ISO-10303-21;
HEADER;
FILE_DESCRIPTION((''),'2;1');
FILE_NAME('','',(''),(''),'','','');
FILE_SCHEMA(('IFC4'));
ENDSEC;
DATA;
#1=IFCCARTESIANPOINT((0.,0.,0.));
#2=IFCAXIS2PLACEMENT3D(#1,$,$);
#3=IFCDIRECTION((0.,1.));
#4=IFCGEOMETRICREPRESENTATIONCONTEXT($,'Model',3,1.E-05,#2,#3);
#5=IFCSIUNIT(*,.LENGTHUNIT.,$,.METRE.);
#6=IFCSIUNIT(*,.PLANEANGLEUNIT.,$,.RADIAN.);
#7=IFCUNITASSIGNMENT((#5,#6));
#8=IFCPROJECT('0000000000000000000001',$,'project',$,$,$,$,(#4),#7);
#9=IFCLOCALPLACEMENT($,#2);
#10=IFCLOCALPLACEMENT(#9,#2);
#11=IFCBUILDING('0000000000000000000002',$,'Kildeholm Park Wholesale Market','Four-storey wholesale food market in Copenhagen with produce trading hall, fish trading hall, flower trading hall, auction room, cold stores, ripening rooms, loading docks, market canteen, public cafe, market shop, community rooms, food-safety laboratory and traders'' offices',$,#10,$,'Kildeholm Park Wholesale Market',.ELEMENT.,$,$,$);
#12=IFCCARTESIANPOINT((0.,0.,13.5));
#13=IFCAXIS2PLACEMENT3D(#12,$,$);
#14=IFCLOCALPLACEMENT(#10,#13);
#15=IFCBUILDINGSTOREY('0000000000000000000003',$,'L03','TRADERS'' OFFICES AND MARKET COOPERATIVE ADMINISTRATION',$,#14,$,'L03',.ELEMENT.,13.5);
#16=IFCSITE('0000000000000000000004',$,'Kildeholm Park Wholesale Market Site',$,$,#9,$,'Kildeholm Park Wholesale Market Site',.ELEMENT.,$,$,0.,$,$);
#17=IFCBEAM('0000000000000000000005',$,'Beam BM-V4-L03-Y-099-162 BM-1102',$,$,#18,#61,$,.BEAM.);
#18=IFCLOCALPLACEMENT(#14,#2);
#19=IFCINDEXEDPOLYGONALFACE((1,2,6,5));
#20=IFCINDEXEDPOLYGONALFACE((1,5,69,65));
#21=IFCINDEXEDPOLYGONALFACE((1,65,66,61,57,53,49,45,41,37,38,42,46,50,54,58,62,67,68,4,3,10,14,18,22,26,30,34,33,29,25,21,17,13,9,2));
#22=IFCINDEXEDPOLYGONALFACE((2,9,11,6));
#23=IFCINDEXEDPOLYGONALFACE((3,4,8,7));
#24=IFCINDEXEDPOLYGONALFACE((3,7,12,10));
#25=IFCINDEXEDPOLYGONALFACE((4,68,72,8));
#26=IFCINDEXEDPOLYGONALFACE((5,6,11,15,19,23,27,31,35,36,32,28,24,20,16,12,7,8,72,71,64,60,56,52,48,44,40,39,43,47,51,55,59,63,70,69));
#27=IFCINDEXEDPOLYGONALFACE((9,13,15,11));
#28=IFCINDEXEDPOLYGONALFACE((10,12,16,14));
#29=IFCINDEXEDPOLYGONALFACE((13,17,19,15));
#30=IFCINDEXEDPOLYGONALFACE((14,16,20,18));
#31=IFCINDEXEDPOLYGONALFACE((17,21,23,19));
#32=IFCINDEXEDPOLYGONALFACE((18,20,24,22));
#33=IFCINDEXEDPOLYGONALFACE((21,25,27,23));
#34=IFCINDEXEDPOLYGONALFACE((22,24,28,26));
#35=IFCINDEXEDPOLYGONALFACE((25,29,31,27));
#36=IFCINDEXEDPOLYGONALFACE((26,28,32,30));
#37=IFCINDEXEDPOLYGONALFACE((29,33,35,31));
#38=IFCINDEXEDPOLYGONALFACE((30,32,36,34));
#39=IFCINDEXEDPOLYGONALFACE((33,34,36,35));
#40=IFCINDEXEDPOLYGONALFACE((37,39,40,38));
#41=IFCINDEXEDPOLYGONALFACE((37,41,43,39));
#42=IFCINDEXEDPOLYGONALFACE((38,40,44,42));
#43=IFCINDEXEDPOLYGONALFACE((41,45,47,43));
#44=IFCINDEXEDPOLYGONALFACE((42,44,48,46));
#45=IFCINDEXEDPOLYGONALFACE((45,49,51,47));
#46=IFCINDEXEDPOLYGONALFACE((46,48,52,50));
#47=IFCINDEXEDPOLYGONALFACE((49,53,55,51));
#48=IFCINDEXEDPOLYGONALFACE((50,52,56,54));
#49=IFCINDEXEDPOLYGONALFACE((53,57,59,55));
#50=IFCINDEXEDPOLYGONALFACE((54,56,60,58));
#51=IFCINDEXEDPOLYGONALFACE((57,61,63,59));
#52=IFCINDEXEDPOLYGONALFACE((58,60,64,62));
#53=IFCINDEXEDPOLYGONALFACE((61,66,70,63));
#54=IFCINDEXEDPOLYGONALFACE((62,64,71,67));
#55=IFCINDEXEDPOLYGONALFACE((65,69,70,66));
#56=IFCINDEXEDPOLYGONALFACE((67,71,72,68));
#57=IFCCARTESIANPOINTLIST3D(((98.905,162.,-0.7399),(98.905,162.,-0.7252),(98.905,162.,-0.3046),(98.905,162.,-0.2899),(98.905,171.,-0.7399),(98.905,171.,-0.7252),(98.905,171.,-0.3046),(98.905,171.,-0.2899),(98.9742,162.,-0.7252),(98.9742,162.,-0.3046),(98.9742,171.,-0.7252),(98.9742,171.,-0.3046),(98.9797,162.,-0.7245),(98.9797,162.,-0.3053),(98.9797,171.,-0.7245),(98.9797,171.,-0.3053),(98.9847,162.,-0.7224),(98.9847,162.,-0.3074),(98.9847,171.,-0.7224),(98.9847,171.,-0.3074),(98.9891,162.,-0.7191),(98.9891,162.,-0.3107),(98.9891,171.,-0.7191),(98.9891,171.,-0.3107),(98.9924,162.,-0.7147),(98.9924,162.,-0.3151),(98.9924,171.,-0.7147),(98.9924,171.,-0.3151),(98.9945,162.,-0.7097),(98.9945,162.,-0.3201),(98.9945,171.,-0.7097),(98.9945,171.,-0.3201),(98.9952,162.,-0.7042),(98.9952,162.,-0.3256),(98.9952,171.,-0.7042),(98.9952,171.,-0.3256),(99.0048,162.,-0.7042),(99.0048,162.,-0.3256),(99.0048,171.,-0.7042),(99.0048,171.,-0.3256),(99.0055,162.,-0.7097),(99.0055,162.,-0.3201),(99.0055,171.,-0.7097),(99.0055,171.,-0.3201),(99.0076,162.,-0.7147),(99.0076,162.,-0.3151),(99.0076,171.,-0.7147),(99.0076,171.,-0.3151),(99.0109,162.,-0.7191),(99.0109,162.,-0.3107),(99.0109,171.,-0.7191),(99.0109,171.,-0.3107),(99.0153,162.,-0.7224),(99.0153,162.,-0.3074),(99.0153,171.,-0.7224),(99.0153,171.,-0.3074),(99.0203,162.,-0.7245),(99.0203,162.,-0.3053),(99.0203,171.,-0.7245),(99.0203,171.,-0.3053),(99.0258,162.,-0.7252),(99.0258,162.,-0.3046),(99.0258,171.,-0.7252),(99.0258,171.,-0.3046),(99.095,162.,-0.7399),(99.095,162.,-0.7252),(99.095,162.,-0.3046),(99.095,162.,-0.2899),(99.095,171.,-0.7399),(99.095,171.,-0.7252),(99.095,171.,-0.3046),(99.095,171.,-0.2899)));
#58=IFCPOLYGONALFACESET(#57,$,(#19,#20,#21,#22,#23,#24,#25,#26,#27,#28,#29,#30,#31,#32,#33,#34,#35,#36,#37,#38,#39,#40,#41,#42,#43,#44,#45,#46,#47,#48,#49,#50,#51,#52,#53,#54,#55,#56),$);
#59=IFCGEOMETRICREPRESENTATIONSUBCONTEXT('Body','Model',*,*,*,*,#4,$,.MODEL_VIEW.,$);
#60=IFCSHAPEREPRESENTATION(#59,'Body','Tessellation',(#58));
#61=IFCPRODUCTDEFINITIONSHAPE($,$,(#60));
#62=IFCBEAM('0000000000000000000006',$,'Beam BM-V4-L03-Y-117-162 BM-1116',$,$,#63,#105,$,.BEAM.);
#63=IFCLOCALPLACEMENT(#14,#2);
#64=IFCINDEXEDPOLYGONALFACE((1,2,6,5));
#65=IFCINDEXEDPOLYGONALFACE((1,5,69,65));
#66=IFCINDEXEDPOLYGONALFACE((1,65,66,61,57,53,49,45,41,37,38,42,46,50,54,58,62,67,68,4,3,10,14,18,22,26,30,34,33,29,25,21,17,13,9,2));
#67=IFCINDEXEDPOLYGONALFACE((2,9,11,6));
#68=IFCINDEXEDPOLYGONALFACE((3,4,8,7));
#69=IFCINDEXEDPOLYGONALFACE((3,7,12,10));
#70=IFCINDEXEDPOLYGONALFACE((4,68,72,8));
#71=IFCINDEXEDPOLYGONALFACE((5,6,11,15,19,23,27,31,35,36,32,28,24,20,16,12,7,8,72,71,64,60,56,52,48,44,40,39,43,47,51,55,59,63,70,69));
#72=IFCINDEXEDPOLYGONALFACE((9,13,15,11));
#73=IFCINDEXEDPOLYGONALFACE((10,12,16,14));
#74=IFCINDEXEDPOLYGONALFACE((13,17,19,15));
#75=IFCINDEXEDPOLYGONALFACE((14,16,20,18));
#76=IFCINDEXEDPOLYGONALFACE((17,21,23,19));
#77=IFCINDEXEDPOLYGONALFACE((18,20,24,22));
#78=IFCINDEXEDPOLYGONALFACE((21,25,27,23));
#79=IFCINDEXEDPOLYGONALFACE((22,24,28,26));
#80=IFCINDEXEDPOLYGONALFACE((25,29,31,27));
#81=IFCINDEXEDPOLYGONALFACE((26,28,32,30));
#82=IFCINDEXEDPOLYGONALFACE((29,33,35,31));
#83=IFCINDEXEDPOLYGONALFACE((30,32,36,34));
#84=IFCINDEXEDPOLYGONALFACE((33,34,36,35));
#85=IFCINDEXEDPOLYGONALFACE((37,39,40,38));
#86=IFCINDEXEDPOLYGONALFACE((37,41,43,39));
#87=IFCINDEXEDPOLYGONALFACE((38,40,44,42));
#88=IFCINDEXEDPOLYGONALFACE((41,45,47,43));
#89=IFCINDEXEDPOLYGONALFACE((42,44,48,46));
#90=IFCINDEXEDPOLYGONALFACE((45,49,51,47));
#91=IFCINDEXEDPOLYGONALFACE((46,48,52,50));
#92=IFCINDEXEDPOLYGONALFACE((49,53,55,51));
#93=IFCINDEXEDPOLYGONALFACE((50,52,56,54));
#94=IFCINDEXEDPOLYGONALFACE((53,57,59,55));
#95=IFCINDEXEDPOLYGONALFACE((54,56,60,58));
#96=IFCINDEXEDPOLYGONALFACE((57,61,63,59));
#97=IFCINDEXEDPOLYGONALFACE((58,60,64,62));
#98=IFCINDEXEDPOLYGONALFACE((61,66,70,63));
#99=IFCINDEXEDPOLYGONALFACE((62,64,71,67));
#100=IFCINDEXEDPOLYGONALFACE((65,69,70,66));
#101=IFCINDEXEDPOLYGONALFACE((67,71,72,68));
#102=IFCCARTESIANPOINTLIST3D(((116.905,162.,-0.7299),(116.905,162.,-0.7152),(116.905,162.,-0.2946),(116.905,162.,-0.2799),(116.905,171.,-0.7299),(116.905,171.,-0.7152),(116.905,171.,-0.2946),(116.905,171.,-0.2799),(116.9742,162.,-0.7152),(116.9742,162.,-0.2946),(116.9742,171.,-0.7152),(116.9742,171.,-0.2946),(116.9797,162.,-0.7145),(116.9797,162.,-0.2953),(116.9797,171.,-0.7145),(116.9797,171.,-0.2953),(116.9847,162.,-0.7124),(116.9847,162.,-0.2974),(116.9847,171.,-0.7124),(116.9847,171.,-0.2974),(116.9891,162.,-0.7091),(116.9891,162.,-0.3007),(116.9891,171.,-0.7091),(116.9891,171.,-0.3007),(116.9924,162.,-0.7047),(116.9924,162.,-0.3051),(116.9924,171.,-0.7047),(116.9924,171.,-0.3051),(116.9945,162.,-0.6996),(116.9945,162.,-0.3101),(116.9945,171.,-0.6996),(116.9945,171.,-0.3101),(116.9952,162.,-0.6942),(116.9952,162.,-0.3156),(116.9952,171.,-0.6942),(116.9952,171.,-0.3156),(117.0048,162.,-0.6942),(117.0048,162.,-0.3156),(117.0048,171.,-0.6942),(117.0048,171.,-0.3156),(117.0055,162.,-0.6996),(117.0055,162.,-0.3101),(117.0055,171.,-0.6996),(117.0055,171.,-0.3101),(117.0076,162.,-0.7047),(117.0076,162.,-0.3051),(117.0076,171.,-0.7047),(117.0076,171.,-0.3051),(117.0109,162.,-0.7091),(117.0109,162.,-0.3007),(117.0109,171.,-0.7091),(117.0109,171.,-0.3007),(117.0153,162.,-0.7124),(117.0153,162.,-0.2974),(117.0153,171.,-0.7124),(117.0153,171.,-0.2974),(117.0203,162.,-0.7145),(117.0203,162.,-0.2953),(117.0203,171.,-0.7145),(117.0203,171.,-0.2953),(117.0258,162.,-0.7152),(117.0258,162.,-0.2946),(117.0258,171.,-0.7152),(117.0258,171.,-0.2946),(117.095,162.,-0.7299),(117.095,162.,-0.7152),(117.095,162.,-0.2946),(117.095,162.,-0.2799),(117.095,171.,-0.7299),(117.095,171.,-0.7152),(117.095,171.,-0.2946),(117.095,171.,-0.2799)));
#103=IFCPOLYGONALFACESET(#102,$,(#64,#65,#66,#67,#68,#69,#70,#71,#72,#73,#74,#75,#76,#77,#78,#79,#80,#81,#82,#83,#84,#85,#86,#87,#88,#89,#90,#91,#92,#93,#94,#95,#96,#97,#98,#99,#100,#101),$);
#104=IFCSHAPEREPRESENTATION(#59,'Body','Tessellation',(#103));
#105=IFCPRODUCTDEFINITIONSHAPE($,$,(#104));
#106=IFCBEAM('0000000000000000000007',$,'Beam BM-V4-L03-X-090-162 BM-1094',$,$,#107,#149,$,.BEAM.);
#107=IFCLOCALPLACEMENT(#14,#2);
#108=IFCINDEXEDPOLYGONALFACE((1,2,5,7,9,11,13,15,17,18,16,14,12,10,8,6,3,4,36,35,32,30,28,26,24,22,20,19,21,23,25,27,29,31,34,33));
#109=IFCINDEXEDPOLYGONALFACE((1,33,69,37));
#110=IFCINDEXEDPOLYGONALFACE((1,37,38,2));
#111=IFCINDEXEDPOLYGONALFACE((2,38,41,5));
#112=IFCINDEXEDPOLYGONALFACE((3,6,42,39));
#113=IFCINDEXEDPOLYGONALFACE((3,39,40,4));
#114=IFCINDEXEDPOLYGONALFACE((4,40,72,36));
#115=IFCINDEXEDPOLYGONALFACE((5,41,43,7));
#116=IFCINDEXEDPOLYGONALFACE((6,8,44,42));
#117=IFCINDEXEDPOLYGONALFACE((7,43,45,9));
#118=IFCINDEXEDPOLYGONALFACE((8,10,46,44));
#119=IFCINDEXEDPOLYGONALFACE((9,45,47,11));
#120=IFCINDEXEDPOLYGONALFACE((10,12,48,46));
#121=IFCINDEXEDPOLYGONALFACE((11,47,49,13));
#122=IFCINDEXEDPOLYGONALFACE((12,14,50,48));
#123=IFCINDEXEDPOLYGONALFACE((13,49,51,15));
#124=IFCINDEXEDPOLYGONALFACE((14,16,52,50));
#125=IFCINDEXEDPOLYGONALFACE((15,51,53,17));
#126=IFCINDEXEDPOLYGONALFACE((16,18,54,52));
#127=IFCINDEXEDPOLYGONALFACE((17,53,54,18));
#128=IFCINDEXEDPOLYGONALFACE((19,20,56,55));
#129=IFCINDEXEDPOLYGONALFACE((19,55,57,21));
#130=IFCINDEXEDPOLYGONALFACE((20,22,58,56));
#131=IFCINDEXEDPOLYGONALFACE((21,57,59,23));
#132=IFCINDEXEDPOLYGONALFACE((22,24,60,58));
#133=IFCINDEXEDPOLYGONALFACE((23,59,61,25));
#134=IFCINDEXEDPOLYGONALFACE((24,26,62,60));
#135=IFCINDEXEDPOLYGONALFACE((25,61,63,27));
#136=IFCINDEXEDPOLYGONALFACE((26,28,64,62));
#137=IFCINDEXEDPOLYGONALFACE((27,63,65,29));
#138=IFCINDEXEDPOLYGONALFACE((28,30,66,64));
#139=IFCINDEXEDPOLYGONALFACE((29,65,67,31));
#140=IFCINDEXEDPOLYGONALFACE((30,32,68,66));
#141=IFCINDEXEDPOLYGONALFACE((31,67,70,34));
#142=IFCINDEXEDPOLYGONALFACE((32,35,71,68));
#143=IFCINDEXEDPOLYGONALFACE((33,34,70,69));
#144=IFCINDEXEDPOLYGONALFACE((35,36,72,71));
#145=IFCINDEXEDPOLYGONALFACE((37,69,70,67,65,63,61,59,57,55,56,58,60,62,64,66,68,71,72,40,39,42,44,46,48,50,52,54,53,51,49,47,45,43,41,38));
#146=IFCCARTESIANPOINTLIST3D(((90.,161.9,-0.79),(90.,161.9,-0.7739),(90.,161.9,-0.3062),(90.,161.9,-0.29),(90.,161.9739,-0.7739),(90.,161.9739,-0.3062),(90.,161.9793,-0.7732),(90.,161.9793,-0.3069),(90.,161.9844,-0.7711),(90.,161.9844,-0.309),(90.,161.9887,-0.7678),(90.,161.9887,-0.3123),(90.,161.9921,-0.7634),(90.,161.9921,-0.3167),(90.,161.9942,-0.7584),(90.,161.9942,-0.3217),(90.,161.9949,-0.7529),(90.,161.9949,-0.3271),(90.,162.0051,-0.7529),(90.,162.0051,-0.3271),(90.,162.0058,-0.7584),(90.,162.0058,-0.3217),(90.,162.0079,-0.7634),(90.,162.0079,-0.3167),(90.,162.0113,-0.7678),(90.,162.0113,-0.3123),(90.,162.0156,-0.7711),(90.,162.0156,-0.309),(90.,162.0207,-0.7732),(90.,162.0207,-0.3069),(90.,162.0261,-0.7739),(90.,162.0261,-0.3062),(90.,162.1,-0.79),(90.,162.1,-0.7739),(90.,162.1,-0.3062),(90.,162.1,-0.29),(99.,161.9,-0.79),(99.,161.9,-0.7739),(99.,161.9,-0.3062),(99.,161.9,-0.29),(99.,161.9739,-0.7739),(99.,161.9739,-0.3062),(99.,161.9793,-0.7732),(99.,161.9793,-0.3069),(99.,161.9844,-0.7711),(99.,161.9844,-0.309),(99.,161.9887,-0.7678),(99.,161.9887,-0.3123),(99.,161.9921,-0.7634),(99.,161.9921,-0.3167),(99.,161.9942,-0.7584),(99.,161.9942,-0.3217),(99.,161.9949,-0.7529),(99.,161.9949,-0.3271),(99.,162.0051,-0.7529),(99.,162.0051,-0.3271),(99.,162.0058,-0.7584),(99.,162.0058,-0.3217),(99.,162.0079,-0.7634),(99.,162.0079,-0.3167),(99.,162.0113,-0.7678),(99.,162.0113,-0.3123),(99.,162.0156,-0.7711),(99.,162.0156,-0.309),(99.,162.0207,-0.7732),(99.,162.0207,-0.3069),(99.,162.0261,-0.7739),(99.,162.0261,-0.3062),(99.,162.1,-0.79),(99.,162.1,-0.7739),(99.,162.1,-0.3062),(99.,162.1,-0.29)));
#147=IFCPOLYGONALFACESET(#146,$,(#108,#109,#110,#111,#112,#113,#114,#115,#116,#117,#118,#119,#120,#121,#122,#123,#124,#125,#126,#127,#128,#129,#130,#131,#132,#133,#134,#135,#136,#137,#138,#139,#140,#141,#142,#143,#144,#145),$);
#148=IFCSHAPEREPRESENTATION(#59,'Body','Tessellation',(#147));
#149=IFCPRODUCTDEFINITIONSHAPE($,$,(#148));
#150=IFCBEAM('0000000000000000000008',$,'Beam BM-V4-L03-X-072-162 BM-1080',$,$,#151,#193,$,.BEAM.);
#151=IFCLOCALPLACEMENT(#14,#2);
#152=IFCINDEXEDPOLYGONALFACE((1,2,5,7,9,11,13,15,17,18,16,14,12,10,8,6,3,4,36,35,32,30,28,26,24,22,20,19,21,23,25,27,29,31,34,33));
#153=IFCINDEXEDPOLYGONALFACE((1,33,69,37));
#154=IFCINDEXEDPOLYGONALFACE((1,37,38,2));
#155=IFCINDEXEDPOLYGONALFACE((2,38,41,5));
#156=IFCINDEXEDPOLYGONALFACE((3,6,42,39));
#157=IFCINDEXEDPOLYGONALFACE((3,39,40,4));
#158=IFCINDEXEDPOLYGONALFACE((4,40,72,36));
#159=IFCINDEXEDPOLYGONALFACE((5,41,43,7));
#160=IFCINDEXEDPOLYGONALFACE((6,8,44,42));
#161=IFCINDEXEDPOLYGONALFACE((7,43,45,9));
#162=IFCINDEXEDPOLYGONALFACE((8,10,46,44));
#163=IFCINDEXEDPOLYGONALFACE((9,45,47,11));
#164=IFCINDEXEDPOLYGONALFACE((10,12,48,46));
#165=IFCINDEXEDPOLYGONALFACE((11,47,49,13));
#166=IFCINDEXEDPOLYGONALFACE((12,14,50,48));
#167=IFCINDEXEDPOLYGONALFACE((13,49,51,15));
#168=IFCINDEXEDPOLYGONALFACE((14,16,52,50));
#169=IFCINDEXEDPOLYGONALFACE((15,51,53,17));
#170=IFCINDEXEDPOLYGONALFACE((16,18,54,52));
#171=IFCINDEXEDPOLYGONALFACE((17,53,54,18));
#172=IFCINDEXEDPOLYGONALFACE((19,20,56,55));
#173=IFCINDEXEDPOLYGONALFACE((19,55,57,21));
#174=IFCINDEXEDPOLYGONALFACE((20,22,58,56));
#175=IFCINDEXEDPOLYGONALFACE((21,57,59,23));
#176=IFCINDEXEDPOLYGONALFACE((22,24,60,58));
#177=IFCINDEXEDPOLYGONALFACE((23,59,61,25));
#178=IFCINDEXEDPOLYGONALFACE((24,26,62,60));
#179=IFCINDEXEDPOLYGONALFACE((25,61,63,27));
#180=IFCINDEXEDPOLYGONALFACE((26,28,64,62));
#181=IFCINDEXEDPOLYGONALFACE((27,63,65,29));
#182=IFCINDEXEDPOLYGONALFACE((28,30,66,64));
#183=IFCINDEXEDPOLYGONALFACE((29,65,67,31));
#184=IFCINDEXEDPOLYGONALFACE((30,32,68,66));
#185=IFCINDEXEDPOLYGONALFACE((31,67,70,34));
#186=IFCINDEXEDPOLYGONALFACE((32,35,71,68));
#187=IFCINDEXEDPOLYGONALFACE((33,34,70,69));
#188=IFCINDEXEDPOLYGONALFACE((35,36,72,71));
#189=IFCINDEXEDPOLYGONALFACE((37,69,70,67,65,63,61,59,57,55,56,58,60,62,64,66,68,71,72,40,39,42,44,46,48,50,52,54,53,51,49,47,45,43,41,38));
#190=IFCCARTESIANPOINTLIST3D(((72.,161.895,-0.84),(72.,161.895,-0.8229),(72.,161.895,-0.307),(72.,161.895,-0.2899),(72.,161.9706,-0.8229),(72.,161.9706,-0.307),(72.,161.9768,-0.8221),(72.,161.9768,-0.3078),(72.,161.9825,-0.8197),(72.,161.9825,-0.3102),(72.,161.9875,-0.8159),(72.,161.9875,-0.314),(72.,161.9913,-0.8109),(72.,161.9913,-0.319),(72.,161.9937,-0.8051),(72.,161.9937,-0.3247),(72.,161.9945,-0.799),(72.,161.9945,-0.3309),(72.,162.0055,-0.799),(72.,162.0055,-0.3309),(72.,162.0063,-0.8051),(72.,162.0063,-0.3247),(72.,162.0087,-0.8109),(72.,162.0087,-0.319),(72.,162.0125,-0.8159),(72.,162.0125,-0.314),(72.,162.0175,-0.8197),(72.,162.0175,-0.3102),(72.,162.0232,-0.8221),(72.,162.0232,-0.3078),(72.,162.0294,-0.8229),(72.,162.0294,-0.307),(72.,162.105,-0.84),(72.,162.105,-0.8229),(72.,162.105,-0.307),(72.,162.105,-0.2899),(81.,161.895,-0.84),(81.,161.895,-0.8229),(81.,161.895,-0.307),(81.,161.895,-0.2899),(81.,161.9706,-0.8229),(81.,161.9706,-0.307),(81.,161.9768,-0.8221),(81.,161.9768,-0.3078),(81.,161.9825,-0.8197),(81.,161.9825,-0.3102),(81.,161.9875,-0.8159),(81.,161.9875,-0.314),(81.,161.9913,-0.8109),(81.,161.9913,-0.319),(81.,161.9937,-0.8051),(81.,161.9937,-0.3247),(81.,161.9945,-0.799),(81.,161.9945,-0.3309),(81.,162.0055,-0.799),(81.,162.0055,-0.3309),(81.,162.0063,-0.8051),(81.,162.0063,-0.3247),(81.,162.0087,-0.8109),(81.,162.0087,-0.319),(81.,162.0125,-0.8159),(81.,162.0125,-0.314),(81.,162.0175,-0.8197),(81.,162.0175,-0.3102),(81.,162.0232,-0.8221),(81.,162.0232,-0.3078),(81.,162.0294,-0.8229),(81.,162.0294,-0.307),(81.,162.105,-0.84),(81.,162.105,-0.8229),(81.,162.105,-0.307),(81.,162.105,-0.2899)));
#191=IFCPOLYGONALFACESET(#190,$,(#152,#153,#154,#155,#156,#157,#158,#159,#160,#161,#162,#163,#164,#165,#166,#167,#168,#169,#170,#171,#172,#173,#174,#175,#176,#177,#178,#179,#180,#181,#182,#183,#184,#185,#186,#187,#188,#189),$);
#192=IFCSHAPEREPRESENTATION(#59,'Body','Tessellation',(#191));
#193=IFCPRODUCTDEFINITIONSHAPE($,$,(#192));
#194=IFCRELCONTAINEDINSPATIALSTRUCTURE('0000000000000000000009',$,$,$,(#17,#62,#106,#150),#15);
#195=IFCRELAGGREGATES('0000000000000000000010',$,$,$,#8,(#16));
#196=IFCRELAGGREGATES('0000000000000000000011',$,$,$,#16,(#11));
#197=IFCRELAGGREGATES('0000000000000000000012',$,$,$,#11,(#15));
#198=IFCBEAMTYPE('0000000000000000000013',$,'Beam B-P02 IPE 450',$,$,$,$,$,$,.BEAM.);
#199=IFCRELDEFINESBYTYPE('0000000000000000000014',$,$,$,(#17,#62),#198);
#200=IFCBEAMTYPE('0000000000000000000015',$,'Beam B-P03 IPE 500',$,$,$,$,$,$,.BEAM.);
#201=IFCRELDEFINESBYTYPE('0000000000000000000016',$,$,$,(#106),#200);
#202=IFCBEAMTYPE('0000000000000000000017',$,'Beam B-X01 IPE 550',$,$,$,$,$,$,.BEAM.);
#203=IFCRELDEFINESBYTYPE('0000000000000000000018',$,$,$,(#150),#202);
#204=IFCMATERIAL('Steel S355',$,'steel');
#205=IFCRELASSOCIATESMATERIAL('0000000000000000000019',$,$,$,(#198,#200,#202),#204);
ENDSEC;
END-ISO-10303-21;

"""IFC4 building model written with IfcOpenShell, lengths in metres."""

from ifc_helpers import new_model, si_unit, direction, frame, origin, origin_2d, place, context, subcontext, project, spatial, i_section, extrude, material, material_profile, profile_set, type_object, element, save


model = new_model("IFC4")

# Units and contexts
model_context = context("Model", 3, precision=1e-05, world=origin(), true_north=direction((0.0, 1.0)))
body_context = subcontext(model_context, "Body", "Model", "MODEL_VIEW")
ifc_project = project(units=[si_unit("LENGTHUNIT", "METRE"), si_unit("PLANEANGLEUNIT", "RADIAN")], contexts=[model_context])

# Site, building, storey
site_placement = place(None, origin())
site = spatial("IfcSite", under=ifc_project, at=site_placement, Name="Kildeholm Park Wholesale Market Site", LongName="Kildeholm Park Wholesale Market Site", CompositionType="ELEMENT", RefElevation=0.0)
building_placement = place(site_placement, origin())
building = spatial("IfcBuilding", under=site, at=building_placement, Name="Kildeholm Park Wholesale Market", Description="Four-storey wholesale food market in Copenhagen with produce trading hall, fish trading hall, flower trading hall, auction room, cold stores, ripening rooms, loading docks, market canteen, public cafe, market shop, community rooms, food-safety laboratory and traders' offices", LongName="Kildeholm Park Wholesale Market", CompositionType="ELEMENT")
storey_placement = place(building_placement, frame((0.0, 0.0, 13.5)))
storey = spatial("IfcBuildingStorey", under=building, at=storey_placement, Name="L03", Description="TRADERS' OFFICES AND MARKET COOPERATIVE ADMINISTRATION", LongName="L03", CompositionType="ELEMENT", Elevation=13.5)

# Beams
ifc_material_1 = material(Name="Steel S355", Category="steel")
ifc_material_profile_1 = material_profile(ifc_material_1, i_section(OverallWidth=0.1899, OverallDepth=0.45, WebThickness=0.0095, FlangeThickness=0.0146, FilletRadius=0.021, at=origin_2d()), Name="IPE 450")
ifc_profile_set_1 = profile_set([ifc_material_profile_1], Name="Steel S355")
beam_type_1 = type_object("IfcBeamType", Name="Beam B-P02 IPE 450", PredefinedType="BEAM", material=ifc_profile_set_1)
for number, where, z_axis, x_axis, name in (
    (1, (99.0, 162.0, -0.5149), (0.0, 1.0, 0.0), (-1.0, 0.0, 0.0), "Beam BM-V4-L03-Y-099-162 BM-1102"),
    (2, (117.0, 162.0, -0.5049), (0.0, 1.0, 0.0), (-1.0, 0.0, 0.0), "Beam BM-V4-L03-Y-117-162 BM-1116"),
):
    element("IfcBeam", number, at=place(storey_placement, frame(where, z_axis=z_axis, x_axis=x_axis)), inside=storey, type_object=beam_type_1, Name=name, PredefinedType="BEAM", context=body_context, shape_type="SweptSolid", body=[
        extrude(i_section(OverallWidth=0.1899, OverallDepth=0.45, WebThickness=0.0095, FlangeThickness=0.0146, FilletRadius=0.021, at=origin_2d()), origin(), (0.0, 0.0, 1.0), 9.0),
    ])
ifc_material_profile_2 = material_profile(ifc_material_1, i_section(OverallWidth=0.2, OverallDepth=0.5, WebThickness=0.0103, FlangeThickness=0.0161, FilletRadius=0.021, at=origin_2d()), Name="IPE 500")
ifc_profile_set_2 = profile_set([ifc_material_profile_2], Name="Steel S355")
beam_type_2 = type_object("IfcBeamType", Name="Beam B-P03 IPE 500", PredefinedType="BEAM", material=ifc_profile_set_2)
beam_1_placement = place(storey_placement, frame((90.0, 162.0, -0.54), z_axis=(1.0, 0.0, 0.0), x_axis=(0.0, 1.0, 0.0)))
element("IfcBeam", 3, at=beam_1_placement, inside=storey, type_object=beam_type_2, Name="Beam BM-V4-L03-X-090-162 BM-1094", PredefinedType="BEAM", context=body_context, shape_type="SweptSolid", body=[
    extrude(i_section(OverallWidth=0.2, OverallDepth=0.5, WebThickness=0.0103, FlangeThickness=0.0161, FilletRadius=0.021, at=origin_2d()), origin(), (0.0, 0.0, 1.0), 9.0),
])
ifc_material_profile_3 = material_profile(ifc_material_1, i_section(OverallWidth=0.21, OverallDepth=0.55, WebThickness=0.011, FlangeThickness=0.0171, FilletRadius=0.0239, at=origin_2d()), Name="IPE 550")
ifc_profile_set_3 = profile_set([ifc_material_profile_3], Name="Steel S355")
beam_type_3 = type_object("IfcBeamType", Name="Beam B-X01 IPE 550", PredefinedType="BEAM", material=ifc_profile_set_3)
beam_2_placement = place(storey_placement, frame((72.0, 162.0, -0.5649), z_axis=(1.0, 0.0, 0.0), x_axis=(0.0, 1.0, 0.0)))
element("IfcBeam", 4, at=beam_2_placement, inside=storey, type_object=beam_type_3, Name="Beam BM-V4-L03-X-072-162 BM-1080", PredefinedType="BEAM", context=body_context, shape_type="SweptSolid", body=[
    extrude(i_section(OverallWidth=0.21, OverallDepth=0.55, WebThickness=0.011, FlangeThickness=0.0171, FilletRadius=0.0239, at=origin_2d()), origin(), (0.0, 0.0, 1.0), 9.0),
])

save(model, "model.ifc")
